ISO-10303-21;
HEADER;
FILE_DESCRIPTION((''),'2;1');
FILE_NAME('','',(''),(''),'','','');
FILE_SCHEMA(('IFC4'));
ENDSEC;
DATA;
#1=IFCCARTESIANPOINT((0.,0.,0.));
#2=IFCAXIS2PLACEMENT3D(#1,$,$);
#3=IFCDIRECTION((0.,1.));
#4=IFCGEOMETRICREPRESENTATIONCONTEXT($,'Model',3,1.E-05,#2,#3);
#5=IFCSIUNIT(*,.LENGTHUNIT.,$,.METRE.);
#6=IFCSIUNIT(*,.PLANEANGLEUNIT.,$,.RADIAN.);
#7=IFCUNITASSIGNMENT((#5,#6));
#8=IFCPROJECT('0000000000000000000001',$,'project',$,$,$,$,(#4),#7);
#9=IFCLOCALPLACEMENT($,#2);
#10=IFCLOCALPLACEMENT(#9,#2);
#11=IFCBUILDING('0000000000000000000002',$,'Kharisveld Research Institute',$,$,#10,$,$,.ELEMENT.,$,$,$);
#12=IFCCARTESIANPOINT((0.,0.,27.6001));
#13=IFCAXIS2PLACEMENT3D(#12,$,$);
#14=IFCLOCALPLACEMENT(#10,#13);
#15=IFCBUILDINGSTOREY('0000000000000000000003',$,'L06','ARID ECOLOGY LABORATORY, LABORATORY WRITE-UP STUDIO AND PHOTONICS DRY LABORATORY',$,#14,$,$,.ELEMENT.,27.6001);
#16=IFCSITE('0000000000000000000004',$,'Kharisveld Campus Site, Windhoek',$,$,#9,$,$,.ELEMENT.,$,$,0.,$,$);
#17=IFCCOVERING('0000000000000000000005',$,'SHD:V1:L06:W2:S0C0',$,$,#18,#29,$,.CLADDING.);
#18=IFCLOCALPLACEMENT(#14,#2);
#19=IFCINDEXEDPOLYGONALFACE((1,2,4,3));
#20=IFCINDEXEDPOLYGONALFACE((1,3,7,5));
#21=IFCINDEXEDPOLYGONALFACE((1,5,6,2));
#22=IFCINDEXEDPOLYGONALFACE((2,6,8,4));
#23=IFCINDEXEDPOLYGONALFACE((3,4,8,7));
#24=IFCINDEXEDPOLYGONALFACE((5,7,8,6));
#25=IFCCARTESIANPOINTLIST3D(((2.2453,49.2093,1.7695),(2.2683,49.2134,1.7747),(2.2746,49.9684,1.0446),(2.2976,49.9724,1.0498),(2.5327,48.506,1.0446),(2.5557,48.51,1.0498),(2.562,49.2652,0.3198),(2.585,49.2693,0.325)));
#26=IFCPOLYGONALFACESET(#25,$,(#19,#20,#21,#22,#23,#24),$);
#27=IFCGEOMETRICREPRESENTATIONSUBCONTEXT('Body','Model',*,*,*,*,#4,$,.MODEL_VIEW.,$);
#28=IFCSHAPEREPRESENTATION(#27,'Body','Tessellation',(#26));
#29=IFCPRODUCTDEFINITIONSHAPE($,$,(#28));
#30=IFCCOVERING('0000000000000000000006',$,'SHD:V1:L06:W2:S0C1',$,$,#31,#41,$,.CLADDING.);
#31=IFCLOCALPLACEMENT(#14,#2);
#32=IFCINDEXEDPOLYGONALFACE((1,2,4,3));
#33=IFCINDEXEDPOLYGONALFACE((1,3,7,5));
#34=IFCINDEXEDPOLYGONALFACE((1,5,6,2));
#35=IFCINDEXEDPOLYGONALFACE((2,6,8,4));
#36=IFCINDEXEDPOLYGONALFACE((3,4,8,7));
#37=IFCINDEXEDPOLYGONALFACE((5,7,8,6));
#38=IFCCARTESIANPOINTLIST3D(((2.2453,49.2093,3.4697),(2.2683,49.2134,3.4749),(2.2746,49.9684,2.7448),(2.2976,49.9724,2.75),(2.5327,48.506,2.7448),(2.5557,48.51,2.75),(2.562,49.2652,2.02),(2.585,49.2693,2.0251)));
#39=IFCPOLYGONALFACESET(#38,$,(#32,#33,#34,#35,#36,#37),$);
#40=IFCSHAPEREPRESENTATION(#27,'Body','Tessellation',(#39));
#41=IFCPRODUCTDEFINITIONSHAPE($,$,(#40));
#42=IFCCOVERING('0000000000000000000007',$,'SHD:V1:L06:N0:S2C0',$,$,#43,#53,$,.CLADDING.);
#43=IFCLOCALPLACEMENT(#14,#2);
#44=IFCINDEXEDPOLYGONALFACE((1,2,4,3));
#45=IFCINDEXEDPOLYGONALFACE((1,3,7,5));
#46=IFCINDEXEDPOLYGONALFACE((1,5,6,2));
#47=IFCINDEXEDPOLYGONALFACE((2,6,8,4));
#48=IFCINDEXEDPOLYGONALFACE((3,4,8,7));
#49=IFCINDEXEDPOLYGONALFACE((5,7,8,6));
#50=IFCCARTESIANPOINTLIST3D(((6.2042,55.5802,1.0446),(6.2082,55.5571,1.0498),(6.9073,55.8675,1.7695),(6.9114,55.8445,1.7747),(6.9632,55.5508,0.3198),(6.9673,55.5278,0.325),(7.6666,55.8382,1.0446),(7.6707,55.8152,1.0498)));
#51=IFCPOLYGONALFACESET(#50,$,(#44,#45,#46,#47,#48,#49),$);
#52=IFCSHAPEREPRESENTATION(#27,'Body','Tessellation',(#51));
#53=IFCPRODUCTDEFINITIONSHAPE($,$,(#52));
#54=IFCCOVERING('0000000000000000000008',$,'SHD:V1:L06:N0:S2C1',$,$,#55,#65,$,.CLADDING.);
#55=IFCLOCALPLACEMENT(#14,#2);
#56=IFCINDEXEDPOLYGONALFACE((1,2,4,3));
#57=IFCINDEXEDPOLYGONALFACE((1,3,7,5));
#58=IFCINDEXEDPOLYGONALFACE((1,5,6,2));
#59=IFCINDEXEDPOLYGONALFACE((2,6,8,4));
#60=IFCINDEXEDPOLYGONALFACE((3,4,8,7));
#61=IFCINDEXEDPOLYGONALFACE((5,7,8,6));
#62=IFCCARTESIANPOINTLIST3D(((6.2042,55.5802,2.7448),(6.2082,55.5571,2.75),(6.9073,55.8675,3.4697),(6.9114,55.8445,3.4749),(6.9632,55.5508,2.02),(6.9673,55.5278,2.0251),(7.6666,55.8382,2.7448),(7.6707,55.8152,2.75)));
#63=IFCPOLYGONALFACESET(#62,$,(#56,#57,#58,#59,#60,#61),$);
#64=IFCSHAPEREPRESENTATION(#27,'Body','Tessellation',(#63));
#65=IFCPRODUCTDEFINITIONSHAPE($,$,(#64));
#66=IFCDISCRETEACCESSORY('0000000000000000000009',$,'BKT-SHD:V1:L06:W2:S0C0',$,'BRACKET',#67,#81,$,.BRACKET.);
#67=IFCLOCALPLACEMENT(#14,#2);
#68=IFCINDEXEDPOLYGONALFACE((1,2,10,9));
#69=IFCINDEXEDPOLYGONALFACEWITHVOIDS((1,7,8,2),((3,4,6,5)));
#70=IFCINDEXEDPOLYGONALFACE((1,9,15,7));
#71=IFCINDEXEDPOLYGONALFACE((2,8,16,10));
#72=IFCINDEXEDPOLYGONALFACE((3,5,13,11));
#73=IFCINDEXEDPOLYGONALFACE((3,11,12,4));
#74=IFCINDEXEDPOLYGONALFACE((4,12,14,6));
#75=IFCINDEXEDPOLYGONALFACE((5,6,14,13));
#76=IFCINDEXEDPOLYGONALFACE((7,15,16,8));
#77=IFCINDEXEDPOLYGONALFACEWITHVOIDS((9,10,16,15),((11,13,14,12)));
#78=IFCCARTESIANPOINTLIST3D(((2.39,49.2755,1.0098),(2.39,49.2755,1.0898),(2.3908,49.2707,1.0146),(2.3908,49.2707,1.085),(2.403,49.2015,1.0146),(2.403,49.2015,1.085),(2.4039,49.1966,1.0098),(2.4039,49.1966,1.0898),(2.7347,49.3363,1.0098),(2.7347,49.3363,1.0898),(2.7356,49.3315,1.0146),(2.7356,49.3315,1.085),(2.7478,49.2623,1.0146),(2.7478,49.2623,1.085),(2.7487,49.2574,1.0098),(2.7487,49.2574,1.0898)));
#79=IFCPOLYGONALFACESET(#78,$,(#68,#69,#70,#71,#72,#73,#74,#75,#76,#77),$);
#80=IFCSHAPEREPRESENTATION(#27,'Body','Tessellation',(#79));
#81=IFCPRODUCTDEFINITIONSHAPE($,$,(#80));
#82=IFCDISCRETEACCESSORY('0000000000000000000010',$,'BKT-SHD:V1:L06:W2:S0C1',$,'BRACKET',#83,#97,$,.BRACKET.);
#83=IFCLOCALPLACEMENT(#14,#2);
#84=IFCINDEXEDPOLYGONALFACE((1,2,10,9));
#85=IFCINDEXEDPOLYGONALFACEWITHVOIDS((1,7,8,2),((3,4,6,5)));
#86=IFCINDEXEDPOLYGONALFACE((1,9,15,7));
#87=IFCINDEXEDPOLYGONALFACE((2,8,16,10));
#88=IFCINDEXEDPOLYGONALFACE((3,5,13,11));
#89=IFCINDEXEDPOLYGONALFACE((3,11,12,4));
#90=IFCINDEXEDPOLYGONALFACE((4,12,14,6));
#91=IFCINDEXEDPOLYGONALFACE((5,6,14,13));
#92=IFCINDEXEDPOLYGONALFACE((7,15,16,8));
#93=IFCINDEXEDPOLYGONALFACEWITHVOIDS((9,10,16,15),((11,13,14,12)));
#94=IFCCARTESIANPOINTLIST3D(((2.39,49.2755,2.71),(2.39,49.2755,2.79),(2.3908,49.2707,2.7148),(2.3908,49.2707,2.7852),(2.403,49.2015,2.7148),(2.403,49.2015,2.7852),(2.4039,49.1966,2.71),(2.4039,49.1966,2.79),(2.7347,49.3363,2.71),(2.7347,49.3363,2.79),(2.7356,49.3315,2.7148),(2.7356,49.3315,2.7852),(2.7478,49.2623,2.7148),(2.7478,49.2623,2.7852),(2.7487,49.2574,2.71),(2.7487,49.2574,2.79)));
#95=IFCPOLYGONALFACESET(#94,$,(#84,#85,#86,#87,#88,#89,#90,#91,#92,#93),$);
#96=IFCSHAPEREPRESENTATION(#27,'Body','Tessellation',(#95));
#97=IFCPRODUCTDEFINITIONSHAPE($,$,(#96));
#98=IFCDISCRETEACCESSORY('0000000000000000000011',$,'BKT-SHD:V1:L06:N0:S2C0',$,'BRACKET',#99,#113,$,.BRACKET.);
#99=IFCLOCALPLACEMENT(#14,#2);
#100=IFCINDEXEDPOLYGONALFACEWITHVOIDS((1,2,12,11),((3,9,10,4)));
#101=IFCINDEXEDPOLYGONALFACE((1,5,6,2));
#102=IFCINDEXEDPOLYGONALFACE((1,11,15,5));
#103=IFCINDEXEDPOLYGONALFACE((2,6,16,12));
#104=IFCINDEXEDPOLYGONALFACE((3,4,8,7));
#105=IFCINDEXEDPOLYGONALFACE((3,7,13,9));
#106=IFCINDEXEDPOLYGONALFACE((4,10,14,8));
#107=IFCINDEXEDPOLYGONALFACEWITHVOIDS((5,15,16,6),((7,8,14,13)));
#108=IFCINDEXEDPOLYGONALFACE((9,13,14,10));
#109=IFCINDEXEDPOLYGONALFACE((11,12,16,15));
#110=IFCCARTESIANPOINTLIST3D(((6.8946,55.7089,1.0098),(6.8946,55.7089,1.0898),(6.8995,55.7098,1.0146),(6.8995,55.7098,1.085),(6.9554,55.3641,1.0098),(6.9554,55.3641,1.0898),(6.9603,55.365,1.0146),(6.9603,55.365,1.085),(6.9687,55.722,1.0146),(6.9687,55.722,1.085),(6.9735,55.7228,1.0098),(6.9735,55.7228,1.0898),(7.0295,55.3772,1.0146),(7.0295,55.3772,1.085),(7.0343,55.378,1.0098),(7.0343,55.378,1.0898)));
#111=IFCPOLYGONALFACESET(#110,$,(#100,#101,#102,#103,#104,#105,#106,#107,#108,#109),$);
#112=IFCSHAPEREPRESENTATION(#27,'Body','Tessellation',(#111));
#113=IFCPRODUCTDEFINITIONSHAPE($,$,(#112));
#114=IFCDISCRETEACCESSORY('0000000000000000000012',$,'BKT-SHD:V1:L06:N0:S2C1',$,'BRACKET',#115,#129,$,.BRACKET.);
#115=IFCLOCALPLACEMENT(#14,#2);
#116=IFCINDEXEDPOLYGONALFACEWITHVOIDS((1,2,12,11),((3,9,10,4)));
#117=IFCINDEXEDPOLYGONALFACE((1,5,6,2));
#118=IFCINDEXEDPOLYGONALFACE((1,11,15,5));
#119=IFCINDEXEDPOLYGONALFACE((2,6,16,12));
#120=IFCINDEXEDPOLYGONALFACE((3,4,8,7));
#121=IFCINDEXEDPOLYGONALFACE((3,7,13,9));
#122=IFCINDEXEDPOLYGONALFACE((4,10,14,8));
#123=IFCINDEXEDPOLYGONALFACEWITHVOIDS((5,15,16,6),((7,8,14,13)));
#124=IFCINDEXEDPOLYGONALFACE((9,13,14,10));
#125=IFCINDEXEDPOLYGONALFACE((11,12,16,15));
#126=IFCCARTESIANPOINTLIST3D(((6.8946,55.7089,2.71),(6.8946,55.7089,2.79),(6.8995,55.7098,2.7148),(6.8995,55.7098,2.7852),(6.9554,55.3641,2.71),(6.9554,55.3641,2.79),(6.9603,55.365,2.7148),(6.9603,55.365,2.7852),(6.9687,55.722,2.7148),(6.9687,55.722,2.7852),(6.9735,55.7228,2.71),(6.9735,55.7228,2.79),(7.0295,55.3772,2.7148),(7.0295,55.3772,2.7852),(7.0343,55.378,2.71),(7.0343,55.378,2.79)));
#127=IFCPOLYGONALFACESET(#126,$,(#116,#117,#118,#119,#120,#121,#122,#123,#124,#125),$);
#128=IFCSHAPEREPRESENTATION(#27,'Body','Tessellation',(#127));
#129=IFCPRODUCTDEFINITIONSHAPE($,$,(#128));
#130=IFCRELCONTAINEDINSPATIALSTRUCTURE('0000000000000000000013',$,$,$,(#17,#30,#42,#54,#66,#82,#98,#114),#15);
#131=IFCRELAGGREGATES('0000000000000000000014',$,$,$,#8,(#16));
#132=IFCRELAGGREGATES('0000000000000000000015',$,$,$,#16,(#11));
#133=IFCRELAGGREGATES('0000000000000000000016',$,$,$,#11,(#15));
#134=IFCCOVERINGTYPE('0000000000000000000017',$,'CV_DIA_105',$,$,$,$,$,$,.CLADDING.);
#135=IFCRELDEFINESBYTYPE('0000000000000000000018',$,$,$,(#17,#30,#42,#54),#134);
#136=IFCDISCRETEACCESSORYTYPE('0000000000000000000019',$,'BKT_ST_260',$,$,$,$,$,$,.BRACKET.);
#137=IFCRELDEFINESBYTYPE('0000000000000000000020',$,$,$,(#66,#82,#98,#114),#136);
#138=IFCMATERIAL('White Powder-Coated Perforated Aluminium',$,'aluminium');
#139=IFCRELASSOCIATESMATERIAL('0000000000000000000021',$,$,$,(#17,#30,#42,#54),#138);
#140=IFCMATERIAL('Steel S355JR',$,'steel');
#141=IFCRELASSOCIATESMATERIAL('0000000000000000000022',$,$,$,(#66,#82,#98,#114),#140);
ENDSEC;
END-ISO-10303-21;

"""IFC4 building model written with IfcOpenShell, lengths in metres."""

from ifc_helpers import new_model, si_unit, direction, frame, origin, origin_2d, place, context, subcontext, project, spatial, polyline, hollow_rectangle, outline, extrude, material, type_object, element, save


model = new_model("IFC4")

# Units and contexts
model_context = context("Model", 3, precision=1e-05, world=origin(), true_north=direction((0.0, 1.0)))
body_context = subcontext(model_context, "Body", "Model", "MODEL_VIEW")
ifc_project = project(units=[si_unit("LENGTHUNIT", "METRE"), si_unit("PLANEANGLEUNIT", "RADIAN")], contexts=[model_context])

# Site, building, storey
site_placement = place(None, origin())
site = spatial("IfcSite", under=ifc_project, at=site_placement, Name="Kharisveld Campus Site, Windhoek", CompositionType="ELEMENT", RefElevation=0.0)
building_placement = place(site_placement, origin())
building = spatial("IfcBuilding", under=site, at=building_placement, Name="Kharisveld Research Institute", CompositionType="ELEMENT")
storey_placement = place(building_placement, frame((0.0, 0.0, 27.6001)))
storey = spatial("IfcBuildingStorey", under=building, at=storey_placement, Name="L06", Description="ARID ECOLOGY LABORATORY, LABORATORY WRITE-UP STUDIO AND PHOTONICS DRY LABORATORY", CompositionType="ELEMENT", Elevation=27.6001)

# Coverings
ifc_material_1 = material(Name="White Powder-Coated Perforated Aluminium", Category="aluminium")
covering_type = type_object("IfcCoveringType", Name="CV_DIA_105", PredefinedType="CLADDING")
for number, where, z_axis, x_axis, name in (
    (1, (2.585, 49.2693, 0.325), (0.96142, 0.169653, 0.21654), (-0.273667, 0.669686, 0.690382), "SHD:V1:L06:W2:S0C0"),
    (2, (2.585, 49.2693, 2.0251), (0.96142, 0.169653, 0.21654), (-0.273667, 0.669686, 0.690382), "SHD:V1:L06:W2:S0C1"),
):
    element("IfcCovering", number, at=place(storey_placement, frame(where, z_axis=z_axis, x_axis=x_axis)), inside=storey, type_object=covering_type, material=ifc_material_1, Name=name, PredefinedType="CLADDING", context=body_context, shape_type="SweptSolid", body=[
        extrude(outline(polyline([(0.0, 0.0), (1.0499, 0.0), (1.0501, 1.05), (0.0, 1.0501), (0.0, 0.0)])), origin(), (0.0, 0.0, -1.0), 0.0239),
    ])
for number, where, z_axis, x_axis, name in (
    (3, (6.9673, 55.5278, 0.325), (0.169653, -0.96142, 0.21654), (0.669807, 0.273663, 0.690266), "SHD:V1:L06:N0:S2C0"),
    (4, (6.9673, 55.5278, 2.0251), (0.169653, -0.96142, 0.21654), (0.669807, 0.273663, 0.690266), "SHD:V1:L06:N0:S2C1"),
):
    element("IfcCovering", number, at=place(storey_placement, frame(where, z_axis=z_axis, x_axis=x_axis)), inside=storey, type_object=covering_type, material=ifc_material_1, Name=name, PredefinedType="CLADDING", context=body_context, shape_type="SweptSolid", body=[
        extrude(outline(polyline([(0.0, 0.0), (1.0501, 0.0), (1.0499, 1.0501), (0.0, 1.05), (0.0, 0.0)])), origin(), (0.0, 0.0, -1.0), 0.0239),
    ])

# Discrete accessories
ifc_material_2 = material(Name="Steel S355JR", Category="steel")
discrete_accessory_type = type_object("IfcDiscreteAccessoryType", Name="BKT_ST_260", PredefinedType="BRACKET")
for number, where, z_axis, x_axis, name in (
    (5, (2.7417, 49.2969, 1.0498), (-0.984805, -0.173666, 0.0), (0.173666, -0.984805, 0.0), "BKT-SHD:V1:L06:W2:S0C0"),
    (6, (2.7417, 49.2969, 2.75), (-0.984805, -0.173666, 0.0), (0.173666, -0.984805, 0.0), "BKT-SHD:V1:L06:W2:S0C1"),
    (7, (6.9949, 55.3711, 1.0498), (-0.173666, 0.984805, 0.0), (-0.984805, -0.173666, 0.0), "BKT-SHD:V1:L06:N0:S2C0"),
    (8, (6.9949, 55.3711, 2.75), (-0.173666, 0.984805, 0.0), (-0.984805, -0.173666, 0.0), "BKT-SHD:V1:L06:N0:S2C1"),
):
    element("IfcDiscreteAccessory", number, at=place(storey_placement, frame(where, z_axis=z_axis, x_axis=x_axis)), inside=storey, type_object=discrete_accessory_type, material=ifc_material_2, Name=name, ObjectType="BRACKET", PredefinedType="BRACKET", context=body_context, shape_type="SweptSolid", body=[
        extrude(hollow_rectangle(XDim=0.0801, YDim=0.0801, WallThickness=0.0049, at=origin_2d()), origin(), (0.0, 0.0, 1.0), 0.3501),
    ])

save(model, "model.ifc")
